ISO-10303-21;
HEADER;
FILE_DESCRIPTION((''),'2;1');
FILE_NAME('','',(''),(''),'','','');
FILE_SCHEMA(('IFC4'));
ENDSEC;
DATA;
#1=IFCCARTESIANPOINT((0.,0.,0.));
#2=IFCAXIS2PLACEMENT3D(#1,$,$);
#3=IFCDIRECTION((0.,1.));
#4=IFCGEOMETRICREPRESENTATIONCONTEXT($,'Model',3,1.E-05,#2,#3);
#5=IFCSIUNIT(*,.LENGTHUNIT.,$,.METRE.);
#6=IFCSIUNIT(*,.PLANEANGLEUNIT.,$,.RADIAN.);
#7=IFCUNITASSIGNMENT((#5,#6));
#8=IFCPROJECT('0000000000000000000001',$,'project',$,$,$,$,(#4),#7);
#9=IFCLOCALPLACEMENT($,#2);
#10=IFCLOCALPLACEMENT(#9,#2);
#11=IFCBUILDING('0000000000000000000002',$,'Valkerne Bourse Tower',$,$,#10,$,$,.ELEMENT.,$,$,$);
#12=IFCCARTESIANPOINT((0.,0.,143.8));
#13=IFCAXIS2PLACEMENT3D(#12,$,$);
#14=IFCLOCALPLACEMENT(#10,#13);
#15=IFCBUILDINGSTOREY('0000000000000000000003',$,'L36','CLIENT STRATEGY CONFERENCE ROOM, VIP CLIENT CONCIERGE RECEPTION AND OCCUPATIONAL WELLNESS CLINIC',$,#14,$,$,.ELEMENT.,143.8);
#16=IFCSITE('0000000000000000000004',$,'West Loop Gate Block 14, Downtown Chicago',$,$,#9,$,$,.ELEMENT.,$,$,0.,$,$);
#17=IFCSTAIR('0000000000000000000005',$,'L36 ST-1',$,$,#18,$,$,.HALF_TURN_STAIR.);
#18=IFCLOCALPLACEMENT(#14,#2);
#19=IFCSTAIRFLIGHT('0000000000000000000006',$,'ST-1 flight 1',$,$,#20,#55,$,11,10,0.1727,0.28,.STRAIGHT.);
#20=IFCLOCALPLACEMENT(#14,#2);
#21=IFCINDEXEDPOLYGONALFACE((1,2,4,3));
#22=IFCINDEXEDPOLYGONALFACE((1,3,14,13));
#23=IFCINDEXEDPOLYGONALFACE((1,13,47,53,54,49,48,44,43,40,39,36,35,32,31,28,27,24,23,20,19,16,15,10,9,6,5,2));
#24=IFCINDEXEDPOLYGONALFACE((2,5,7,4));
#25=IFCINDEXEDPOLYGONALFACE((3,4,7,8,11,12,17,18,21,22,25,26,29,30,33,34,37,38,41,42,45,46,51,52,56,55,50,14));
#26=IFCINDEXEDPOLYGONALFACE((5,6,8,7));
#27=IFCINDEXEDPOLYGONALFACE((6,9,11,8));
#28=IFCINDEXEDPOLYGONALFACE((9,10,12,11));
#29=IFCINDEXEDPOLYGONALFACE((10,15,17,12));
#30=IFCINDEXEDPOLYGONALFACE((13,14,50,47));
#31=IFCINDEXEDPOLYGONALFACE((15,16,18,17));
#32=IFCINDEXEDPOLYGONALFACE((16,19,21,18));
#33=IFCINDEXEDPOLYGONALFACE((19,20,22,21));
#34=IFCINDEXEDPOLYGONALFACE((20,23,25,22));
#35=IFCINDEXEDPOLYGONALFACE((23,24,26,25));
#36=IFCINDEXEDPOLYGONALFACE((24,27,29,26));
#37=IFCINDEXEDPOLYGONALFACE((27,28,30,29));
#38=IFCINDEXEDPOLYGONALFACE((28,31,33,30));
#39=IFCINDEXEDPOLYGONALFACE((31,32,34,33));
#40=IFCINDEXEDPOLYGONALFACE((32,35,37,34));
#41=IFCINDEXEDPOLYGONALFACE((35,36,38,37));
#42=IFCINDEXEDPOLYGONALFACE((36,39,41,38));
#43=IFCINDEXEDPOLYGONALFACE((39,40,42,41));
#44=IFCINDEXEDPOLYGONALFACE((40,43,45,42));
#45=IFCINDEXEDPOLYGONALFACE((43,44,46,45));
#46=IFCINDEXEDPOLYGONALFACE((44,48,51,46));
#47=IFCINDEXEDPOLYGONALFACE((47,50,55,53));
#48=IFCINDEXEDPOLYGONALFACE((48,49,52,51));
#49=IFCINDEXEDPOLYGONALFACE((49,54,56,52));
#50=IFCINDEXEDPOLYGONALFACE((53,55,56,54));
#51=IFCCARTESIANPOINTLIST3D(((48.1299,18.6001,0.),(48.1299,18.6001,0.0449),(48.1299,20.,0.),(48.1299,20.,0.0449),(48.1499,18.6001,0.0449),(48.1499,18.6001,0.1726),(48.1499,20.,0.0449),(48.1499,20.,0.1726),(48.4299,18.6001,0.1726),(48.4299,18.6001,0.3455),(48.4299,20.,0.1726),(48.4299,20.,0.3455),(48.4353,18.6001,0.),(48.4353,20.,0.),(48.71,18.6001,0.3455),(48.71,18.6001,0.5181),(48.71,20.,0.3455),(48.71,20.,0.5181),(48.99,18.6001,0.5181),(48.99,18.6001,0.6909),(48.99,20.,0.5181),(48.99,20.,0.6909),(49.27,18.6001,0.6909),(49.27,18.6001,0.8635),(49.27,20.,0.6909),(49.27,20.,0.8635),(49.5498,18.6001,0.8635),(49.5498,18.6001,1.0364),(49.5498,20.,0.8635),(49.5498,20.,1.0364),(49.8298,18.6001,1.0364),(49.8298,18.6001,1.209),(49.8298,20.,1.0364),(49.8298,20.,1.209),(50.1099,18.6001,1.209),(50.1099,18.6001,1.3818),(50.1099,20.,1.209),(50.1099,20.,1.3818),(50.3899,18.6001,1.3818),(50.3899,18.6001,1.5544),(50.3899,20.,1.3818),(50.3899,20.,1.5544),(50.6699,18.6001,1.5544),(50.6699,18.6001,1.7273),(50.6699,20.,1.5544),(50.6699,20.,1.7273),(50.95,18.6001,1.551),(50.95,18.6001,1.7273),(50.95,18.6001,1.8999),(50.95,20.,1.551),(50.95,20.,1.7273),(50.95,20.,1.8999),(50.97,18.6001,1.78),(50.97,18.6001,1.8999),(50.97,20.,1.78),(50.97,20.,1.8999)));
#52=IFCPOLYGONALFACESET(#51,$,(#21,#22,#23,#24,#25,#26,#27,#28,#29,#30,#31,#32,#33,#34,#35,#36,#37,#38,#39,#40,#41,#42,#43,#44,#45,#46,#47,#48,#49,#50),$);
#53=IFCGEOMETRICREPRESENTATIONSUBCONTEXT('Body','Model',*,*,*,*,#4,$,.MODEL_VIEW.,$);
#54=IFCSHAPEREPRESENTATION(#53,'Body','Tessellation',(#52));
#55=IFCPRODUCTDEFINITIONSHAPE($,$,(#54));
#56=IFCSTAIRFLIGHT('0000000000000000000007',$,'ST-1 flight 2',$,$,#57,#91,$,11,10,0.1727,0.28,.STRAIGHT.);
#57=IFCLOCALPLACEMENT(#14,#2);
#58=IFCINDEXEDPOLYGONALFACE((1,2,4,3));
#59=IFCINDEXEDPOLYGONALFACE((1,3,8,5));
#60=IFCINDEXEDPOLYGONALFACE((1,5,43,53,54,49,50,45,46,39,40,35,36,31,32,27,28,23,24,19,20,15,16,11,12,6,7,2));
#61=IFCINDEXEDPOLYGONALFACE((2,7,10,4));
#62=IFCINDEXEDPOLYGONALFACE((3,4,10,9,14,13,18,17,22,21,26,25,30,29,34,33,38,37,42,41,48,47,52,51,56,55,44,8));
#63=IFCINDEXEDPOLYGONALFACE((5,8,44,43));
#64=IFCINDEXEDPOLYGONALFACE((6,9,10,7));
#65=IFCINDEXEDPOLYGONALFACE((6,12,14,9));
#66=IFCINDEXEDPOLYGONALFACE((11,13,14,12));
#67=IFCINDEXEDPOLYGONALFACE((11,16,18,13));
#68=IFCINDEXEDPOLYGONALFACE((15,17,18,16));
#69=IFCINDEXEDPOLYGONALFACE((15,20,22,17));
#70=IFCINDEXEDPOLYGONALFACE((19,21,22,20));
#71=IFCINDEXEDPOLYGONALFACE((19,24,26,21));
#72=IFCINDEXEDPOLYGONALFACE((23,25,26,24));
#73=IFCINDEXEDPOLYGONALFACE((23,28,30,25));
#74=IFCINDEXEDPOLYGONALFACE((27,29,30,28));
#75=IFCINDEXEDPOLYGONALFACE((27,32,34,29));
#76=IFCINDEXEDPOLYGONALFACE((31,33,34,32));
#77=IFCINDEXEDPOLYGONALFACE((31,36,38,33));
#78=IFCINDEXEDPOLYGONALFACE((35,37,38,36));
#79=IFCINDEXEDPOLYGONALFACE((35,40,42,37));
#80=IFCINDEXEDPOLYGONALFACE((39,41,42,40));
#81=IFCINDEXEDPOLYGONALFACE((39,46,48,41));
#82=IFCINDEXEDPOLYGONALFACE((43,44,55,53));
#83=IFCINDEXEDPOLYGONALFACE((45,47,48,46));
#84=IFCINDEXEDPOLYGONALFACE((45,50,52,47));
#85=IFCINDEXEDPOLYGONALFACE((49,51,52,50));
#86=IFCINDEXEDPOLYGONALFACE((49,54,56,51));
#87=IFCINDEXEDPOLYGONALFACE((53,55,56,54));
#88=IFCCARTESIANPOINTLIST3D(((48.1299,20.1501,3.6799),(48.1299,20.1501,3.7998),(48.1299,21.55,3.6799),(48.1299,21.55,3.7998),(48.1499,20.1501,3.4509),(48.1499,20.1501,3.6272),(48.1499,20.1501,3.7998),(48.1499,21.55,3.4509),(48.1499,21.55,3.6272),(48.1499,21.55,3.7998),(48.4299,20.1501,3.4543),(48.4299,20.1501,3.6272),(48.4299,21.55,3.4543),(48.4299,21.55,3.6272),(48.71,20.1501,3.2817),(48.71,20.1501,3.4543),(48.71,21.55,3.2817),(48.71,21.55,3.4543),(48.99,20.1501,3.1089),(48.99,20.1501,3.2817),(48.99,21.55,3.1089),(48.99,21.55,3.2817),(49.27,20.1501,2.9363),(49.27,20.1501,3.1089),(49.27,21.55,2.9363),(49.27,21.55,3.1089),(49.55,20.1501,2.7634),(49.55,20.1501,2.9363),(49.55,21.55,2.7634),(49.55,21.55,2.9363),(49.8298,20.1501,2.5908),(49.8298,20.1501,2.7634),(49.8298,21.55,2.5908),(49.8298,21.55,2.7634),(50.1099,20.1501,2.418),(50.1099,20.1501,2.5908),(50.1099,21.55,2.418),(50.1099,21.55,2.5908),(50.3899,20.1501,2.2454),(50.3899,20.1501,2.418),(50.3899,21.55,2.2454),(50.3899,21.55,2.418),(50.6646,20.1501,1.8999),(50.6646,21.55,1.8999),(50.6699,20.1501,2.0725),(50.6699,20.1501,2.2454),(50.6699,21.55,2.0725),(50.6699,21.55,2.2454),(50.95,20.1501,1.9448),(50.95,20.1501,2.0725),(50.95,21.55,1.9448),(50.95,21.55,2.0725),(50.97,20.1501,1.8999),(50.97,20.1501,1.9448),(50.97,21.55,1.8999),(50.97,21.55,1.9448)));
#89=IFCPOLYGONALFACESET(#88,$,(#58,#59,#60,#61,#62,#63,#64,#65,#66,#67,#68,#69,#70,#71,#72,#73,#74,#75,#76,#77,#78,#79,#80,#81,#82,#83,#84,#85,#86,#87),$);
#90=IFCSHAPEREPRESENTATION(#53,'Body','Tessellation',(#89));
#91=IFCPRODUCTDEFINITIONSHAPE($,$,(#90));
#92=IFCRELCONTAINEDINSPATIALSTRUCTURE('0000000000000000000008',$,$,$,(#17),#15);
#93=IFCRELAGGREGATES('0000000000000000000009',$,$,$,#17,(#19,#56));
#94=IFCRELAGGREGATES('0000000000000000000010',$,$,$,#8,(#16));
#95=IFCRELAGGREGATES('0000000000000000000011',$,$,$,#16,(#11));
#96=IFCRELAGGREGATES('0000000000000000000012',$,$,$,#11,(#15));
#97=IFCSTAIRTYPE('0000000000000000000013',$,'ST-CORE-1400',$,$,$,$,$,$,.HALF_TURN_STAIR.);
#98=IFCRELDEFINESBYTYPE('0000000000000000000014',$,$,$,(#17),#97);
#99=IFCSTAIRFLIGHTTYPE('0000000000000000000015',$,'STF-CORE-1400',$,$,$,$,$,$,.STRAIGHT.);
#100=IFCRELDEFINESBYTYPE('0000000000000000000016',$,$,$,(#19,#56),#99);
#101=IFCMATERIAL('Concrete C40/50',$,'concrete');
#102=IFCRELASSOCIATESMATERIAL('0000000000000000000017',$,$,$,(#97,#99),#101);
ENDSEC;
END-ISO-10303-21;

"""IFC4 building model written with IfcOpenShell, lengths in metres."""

from ifc_helpers import new_model, si_unit, direction, frame, origin, place, context, subcontext, project, spatial, polyline, outline, extrude, material, type_object, element, aggregate, save


model = new_model("IFC4")

# Units and contexts
model_context = context("Model", 3, precision=1e-05, world=origin(), true_north=direction((0.0, 1.0)))
body_context = subcontext(model_context, "Body", "Model", "MODEL_VIEW")
ifc_project = project(units=[si_unit("LENGTHUNIT", "METRE"), si_unit("PLANEANGLEUNIT", "RADIAN")], contexts=[model_context])

# Site, building, storey
site_placement = place(None, origin())
site = spatial("IfcSite", under=ifc_project, at=site_placement, Name="West Loop Gate Block 14, Downtown Chicago", CompositionType="ELEMENT", RefElevation=0.0)
building_placement = place(site_placement, origin())
building = spatial("IfcBuilding", under=site, at=building_placement, Name="Valkerne Bourse Tower", CompositionType="ELEMENT")
storey_placement = place(building_placement, frame((0.0, 0.0, 143.8)))
storey = spatial("IfcBuildingStorey", under=building, at=storey_placement, Name="L36", Description="CLIENT STRATEGY CONFERENCE ROOM, VIP CLIENT CONCIERGE RECEPTION AND OCCUPATIONAL WELLNESS CLINIC", CompositionType="ELEMENT", Elevation=143.8)

# Shared definitions
ifc_material_1 = material(Name="Concrete C40/50", Category="concrete")

# Stair, stair flights
stair_type = type_object("IfcStairType", Name="ST-CORE-1400", PredefinedType="HALF_TURN_STAIR", material=ifc_material_1)
stair_placement = place(storey_placement, origin())
stair = element("IfcStair", 1, at=stair_placement, inside=storey, type_object=stair_type, Name="L36 ST-1", PredefinedType="HALF_TURN_STAIR")
stair_flight_type = type_object("IfcStairFlightType", Name="STF-CORE-1400", PredefinedType="STRAIGHT", material=ifc_material_1)
stair_flight_1_placement = place(storey_placement, frame((48.1499, 19.3, 0.0), z_axis=(0.0, 0.0, 1.0), x_axis=(1.0, 0.0, 0.0)))
stair_flight_1 = element("IfcStairFlight", 2, at=stair_flight_1_placement, type_object=stair_flight_type, Name="ST-1 flight 1", NumberOfRisers=11, NumberOfTreads=10, PredefinedType="STRAIGHT", RiserHeight=0.1727, TreadLength=0.28, context=body_context, shape_type="SweptSolid", body=[
    extrude(outline(polyline([(-0.02, 0.0), (-0.02, 0.0449), (0.0, 0.0449), (0.0, 0.1726), (0.28, 0.1726), (0.28, 0.3455), (0.5601, 0.3455), (0.5601, 0.5181), (0.8401, 0.5181), (0.8401, 0.6909), (1.1201, 0.6909), (1.1201, 0.8635), (1.3999, 0.8635), (1.3999, 1.0364), (1.6799, 1.0364), (1.6799, 1.209), (1.96, 1.209), (1.96, 1.3818), (2.24, 1.3818), (2.24, 1.5544), (2.52, 1.5544), (2.52, 1.7273), (2.8, 1.7273), (2.8, 1.8999), (2.8201, 1.8999), (2.8201, 1.78), (2.8, 1.551), (0.2854, 0.0), (-0.02, 0.0)])), frame((0.0, 0.7, 0.0), z_axis=(0.0, -1.0, 0.0), x_axis=(1.0, 0.0, 0.0)), (0.0, 0.0, 1.0), 1.3999),
])
stair_flight_2_placement = place(storey_placement, frame((50.95, 20.8501, 1.8999), z_axis=(0.0, 0.0, 1.0), x_axis=(-1.0, 0.0, 0.0)))
stair_flight_2 = element("IfcStairFlight", 3, at=stair_flight_2_placement, type_object=stair_flight_type, Name="ST-1 flight 2", NumberOfRisers=11, NumberOfTreads=10, PredefinedType="STRAIGHT", RiserHeight=0.1727, TreadLength=0.28, context=body_context, shape_type="SweptSolid", body=[
    extrude(outline(polyline([(-0.02, 0.0), (-0.02, 0.0449), (0.0, 0.0449), (0.0, 0.1726), (0.28, 0.1726), (0.28, 0.3455), (0.5601, 0.3455), (0.5601, 0.5181), (0.8401, 0.5181), (0.8401, 0.6909), (1.1201, 0.6909), (1.1201, 0.8635), (1.3999, 0.8635), (1.3999, 1.0364), (1.6799, 1.0364), (1.6799, 1.209), (1.96, 1.209), (1.96, 1.3818), (2.24, 1.3818), (2.24, 1.5544), (2.52, 1.5544), (2.52, 1.7273), (2.8, 1.7273), (2.8, 1.8999), (2.8201, 1.8999), (2.8201, 1.78), (2.8, 1.551), (0.2854, 0.0), (-0.02, 0.0)])), frame((0.0, 0.7, 0.0), z_axis=(0.0, -1.0, 0.0), x_axis=(1.0, 0.0, 0.0)), (0.0, 0.0, 1.0), 1.3999),
])
aggregate(stair, [stair_flight_1, stair_flight_2])

save(model, "model.ifc")
